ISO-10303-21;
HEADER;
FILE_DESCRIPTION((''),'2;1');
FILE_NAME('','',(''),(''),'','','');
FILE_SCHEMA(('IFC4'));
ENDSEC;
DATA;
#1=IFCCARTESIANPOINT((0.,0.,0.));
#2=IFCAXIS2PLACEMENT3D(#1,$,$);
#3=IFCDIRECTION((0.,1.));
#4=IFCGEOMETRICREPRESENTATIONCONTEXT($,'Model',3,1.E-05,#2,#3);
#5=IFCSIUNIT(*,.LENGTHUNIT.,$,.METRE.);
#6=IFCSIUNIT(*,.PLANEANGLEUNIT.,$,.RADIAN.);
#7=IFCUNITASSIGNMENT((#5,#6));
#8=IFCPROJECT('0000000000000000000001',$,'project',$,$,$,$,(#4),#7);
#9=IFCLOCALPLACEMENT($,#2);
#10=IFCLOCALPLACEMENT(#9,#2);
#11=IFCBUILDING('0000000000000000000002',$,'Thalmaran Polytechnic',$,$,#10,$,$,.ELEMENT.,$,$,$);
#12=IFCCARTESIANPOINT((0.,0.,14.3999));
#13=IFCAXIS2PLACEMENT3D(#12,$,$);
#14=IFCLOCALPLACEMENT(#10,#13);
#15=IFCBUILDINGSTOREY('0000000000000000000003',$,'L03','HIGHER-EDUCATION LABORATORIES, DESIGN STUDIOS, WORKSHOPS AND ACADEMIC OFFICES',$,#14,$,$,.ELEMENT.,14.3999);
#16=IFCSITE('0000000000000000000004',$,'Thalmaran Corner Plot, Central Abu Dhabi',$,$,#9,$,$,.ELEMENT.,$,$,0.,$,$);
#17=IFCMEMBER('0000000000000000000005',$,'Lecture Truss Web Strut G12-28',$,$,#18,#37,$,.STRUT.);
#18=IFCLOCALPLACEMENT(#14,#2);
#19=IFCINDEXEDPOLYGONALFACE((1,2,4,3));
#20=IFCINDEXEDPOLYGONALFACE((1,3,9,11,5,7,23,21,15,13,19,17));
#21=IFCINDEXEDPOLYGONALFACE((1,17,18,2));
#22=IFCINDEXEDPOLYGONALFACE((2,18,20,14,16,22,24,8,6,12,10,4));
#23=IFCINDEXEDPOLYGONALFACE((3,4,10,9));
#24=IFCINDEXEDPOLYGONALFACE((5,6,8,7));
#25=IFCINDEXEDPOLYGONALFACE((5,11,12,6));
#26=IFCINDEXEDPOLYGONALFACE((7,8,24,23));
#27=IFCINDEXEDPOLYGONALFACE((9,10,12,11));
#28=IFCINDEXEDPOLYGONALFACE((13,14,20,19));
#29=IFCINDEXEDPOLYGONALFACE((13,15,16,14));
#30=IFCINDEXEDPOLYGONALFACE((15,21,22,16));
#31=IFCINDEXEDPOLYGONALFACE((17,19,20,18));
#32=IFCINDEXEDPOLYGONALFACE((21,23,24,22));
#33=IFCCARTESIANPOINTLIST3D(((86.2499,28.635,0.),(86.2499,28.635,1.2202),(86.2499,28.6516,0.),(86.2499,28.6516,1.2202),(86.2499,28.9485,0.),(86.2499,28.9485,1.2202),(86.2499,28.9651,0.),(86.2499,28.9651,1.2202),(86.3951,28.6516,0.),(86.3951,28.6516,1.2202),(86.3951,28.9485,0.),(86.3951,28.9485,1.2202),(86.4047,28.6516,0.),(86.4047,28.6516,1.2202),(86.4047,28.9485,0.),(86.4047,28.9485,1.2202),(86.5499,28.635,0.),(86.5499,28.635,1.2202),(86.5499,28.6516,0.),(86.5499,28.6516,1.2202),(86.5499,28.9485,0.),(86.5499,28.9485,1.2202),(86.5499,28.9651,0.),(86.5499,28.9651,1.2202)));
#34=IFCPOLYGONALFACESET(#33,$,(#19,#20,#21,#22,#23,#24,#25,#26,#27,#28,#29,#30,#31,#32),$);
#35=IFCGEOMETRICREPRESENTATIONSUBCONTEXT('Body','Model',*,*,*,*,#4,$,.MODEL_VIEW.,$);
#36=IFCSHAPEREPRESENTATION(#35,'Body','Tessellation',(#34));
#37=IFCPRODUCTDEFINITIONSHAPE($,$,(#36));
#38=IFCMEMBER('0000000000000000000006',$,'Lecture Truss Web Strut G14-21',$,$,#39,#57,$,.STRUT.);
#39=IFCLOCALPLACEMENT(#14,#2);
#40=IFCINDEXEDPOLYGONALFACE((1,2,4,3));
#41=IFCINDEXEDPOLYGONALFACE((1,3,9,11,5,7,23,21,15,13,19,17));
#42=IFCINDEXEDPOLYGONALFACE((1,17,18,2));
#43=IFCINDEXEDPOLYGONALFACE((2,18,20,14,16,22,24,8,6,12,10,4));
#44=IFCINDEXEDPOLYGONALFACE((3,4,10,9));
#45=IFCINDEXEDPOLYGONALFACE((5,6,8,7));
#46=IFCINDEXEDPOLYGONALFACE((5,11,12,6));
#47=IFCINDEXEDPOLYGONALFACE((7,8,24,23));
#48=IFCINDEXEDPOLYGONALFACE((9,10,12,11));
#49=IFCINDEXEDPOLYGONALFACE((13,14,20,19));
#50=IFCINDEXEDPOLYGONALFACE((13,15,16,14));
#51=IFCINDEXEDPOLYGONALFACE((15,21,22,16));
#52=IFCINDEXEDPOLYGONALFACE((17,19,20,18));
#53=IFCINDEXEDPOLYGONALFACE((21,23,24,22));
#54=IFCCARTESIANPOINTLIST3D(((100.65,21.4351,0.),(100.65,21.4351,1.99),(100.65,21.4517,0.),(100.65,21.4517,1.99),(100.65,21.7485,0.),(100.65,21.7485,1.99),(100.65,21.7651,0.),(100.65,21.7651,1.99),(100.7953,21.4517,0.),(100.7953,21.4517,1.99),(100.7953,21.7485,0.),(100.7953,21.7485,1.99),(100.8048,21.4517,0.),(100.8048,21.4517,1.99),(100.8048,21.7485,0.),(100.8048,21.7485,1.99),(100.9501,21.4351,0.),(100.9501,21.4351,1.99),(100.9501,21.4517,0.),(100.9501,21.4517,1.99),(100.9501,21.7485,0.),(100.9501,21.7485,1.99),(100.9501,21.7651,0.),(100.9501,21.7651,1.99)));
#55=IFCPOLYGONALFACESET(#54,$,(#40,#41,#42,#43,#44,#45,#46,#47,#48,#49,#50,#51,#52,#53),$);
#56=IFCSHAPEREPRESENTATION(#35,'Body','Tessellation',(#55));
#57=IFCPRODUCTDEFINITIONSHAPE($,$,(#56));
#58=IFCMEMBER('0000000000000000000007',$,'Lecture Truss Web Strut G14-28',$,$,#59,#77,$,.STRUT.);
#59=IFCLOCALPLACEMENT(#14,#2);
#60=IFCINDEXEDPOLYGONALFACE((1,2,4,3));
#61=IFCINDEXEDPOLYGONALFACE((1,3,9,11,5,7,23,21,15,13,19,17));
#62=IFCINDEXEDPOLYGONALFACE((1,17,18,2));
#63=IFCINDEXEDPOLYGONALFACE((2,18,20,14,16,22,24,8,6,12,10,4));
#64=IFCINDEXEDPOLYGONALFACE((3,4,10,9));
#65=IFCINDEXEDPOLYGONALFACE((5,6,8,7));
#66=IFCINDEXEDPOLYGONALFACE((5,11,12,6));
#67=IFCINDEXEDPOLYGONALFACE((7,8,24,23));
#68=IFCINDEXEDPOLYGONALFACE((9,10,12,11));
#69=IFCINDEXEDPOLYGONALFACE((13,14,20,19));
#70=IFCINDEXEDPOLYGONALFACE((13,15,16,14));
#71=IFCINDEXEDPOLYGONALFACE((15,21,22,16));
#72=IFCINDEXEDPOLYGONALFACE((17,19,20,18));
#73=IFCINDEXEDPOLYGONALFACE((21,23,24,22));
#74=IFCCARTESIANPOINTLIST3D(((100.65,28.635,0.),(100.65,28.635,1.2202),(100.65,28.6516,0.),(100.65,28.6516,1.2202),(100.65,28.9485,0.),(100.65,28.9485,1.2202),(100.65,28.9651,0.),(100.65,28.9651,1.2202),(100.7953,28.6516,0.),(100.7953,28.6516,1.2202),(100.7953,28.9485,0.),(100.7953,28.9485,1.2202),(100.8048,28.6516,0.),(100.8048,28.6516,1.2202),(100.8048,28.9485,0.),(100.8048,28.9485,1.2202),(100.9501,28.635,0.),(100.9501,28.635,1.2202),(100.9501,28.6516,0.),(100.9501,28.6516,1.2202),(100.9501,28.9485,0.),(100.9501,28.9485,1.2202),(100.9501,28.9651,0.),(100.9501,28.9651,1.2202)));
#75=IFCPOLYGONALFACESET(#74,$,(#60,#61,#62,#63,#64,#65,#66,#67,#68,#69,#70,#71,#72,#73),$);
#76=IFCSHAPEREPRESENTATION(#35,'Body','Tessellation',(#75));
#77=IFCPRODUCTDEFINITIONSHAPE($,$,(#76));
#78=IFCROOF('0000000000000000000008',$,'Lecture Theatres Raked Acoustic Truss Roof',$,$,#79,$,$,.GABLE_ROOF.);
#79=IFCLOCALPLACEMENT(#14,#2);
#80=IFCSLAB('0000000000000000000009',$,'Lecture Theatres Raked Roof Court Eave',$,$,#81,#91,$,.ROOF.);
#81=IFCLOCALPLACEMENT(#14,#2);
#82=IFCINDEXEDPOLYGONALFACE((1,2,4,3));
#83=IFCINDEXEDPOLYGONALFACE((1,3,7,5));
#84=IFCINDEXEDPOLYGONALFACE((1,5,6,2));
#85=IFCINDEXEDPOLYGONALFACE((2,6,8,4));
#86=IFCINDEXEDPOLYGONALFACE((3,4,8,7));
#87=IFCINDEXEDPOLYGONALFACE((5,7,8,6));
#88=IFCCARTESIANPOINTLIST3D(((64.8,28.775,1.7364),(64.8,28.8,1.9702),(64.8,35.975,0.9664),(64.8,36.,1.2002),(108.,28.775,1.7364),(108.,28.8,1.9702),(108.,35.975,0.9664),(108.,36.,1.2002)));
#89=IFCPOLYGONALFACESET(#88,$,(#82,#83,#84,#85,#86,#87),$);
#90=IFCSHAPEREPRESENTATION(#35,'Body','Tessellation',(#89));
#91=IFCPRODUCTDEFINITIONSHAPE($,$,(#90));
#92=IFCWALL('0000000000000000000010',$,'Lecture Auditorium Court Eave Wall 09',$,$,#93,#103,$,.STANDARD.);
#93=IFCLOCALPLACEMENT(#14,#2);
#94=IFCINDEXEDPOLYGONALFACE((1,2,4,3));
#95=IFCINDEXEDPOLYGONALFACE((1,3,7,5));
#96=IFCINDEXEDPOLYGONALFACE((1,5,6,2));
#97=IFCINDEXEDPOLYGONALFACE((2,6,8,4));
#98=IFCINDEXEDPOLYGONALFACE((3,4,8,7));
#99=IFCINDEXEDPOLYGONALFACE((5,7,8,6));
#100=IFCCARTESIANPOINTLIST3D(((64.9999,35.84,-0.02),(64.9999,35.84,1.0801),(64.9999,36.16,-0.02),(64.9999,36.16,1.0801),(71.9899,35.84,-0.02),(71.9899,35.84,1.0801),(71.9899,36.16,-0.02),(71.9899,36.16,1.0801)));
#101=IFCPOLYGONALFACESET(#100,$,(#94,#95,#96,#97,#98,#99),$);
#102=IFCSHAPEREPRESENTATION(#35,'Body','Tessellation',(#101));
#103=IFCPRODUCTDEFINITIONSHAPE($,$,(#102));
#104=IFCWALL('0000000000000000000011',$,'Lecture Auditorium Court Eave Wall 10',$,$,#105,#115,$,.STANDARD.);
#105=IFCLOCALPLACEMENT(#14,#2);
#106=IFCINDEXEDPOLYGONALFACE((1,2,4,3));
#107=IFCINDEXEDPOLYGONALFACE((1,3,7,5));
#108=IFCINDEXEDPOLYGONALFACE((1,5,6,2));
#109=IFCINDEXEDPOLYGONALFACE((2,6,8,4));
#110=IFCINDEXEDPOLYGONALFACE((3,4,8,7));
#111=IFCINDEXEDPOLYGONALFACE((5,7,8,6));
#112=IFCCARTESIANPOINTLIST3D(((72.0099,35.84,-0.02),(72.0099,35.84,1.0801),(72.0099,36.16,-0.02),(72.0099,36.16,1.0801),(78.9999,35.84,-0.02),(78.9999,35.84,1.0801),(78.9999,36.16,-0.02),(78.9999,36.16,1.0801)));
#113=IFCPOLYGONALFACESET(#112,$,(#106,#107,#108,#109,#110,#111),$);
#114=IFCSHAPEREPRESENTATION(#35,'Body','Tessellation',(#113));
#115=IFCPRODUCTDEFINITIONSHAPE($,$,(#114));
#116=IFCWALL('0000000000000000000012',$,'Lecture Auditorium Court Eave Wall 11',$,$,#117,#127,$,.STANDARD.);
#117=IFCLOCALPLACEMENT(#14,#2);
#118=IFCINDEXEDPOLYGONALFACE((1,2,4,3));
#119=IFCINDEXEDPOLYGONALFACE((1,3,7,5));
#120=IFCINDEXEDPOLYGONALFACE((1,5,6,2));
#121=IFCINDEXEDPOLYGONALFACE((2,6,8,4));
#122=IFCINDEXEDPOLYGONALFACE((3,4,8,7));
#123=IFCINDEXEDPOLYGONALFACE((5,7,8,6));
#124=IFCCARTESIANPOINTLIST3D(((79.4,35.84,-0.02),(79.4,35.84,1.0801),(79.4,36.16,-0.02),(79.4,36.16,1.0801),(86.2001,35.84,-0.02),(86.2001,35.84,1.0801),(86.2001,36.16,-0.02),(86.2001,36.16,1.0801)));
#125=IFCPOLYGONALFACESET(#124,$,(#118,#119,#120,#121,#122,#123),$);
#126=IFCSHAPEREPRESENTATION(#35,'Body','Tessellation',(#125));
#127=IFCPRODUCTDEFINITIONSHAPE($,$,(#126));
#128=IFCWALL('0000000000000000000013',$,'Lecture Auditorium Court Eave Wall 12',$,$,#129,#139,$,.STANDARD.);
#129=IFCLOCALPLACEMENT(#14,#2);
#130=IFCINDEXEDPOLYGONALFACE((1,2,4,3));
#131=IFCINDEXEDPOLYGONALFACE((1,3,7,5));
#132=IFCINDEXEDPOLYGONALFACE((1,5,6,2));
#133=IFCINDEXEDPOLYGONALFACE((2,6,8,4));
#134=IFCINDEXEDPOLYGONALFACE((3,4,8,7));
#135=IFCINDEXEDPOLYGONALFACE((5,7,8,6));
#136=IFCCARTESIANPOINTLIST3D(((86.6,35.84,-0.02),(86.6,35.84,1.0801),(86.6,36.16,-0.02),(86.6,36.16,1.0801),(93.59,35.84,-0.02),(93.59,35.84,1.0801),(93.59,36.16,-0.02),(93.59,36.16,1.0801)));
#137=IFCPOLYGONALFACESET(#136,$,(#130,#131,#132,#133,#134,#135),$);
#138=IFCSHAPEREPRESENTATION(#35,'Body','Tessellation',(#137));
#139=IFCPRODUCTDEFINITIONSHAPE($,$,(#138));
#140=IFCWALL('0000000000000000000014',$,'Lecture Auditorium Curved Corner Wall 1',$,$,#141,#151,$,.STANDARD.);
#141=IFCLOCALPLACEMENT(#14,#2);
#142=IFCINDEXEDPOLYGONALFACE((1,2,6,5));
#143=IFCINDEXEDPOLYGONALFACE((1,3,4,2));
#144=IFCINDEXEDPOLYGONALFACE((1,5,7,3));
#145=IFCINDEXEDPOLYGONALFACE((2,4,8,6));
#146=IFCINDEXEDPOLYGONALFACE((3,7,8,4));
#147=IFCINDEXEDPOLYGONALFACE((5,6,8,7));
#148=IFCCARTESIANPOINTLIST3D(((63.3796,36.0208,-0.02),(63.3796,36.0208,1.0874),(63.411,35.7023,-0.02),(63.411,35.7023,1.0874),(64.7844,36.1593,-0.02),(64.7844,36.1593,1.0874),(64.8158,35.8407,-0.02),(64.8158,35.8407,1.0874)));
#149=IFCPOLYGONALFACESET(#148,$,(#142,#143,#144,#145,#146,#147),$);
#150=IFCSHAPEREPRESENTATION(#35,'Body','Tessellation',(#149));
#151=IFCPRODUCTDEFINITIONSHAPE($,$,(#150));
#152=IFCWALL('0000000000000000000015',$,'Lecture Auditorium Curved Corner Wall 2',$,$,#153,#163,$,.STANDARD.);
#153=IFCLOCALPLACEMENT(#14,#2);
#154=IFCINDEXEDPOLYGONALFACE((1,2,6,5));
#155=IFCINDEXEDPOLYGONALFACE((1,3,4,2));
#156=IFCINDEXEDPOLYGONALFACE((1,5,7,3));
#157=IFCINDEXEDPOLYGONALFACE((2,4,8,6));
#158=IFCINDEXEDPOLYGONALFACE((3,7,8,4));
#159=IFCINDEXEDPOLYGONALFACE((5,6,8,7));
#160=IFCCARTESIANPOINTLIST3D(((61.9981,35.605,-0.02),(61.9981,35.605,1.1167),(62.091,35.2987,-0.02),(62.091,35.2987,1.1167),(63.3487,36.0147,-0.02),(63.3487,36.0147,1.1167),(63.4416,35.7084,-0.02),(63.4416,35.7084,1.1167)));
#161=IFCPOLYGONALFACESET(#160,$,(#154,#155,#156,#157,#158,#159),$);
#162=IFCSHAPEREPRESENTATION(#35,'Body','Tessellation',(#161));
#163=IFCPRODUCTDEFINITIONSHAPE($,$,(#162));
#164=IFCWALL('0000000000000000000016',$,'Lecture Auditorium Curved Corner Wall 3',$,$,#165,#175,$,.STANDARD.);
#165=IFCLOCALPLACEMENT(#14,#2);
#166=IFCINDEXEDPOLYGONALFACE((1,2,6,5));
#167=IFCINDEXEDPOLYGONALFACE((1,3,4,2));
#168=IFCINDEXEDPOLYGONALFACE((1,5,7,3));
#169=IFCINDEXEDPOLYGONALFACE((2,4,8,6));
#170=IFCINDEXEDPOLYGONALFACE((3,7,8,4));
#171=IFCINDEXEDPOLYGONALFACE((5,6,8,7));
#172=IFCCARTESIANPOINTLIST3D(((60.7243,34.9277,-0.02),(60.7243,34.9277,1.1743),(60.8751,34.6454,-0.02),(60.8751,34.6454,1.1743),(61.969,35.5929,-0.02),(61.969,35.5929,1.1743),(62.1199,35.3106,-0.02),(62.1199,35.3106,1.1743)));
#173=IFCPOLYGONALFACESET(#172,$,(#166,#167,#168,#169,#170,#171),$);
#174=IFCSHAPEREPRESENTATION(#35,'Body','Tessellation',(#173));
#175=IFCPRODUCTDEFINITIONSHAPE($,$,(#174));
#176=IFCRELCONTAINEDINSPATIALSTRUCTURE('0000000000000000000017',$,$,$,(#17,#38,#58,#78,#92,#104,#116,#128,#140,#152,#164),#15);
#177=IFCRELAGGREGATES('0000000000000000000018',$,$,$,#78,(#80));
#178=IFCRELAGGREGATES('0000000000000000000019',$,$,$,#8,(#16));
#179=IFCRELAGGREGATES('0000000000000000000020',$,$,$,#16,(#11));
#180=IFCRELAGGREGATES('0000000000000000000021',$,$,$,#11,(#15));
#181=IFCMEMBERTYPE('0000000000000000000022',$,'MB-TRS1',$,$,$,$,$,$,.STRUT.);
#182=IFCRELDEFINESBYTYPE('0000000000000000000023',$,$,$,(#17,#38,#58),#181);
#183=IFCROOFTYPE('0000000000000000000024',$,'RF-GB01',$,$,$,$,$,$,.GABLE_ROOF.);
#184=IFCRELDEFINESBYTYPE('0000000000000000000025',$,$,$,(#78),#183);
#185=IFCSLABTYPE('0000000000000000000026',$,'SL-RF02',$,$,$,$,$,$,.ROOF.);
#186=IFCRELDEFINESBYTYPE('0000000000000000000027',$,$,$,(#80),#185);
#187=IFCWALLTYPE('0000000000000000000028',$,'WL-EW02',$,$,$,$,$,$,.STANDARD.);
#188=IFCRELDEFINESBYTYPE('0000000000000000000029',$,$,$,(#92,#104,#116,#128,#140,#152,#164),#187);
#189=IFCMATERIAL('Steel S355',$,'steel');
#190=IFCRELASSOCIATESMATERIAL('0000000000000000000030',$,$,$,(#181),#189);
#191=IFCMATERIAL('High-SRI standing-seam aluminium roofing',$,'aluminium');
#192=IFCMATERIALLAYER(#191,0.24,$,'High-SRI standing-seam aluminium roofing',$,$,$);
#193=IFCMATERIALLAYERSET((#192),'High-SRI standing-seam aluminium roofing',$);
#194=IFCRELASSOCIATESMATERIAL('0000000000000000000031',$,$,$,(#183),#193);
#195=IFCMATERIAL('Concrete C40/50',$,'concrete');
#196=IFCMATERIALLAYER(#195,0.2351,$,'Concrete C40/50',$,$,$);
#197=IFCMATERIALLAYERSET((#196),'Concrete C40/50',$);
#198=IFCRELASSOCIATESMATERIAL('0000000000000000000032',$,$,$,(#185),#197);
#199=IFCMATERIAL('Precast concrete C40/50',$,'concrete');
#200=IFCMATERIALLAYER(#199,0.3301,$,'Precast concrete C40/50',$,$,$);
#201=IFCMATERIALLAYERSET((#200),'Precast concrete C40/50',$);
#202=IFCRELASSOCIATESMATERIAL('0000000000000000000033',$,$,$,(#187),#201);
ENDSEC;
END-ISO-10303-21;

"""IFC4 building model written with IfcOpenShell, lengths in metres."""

from ifc_helpers import new_model, si_unit, direction, frame, frame_2d, origin, origin_2d, place, context, subcontext, project, spatial, polyline, rectangle, i_section, outline, extrude, material, layer, layer_set, material_profile, profile_set, type_object, element, aggregate, save


model = new_model("IFC4")

# Units and contexts
model_context = context("Model", 3, precision=1e-05, world=origin(), true_north=direction((0.0, 1.0)))
body_context = subcontext(model_context, "Body", "Model", "MODEL_VIEW")
ifc_project = project(units=[si_unit("LENGTHUNIT", "METRE"), si_unit("PLANEANGLEUNIT", "RADIAN")], contexts=[model_context])

# Site, building, storey
site_placement = place(None, origin())
site = spatial("IfcSite", under=ifc_project, at=site_placement, Name="Thalmaran Corner Plot, Central Abu Dhabi", CompositionType="ELEMENT", RefElevation=0.0)
building_placement = place(site_placement, origin())
building = spatial("IfcBuilding", under=site, at=building_placement, Name="Thalmaran Polytechnic", CompositionType="ELEMENT")
storey_placement = place(building_placement, frame((0.0, 0.0, 14.3999)))
storey = spatial("IfcBuildingStorey", under=building, at=storey_placement, Name="L03", Description="HIGHER-EDUCATION LABORATORIES, DESIGN STUDIOS, WORKSHOPS AND ACADEMIC OFFICES", CompositionType="ELEMENT", Elevation=14.3999)

# Shared definitions
ifc_material_1 = material(Name="Steel S355", Category="steel")

# Members
ifc_material_profile_1 = material_profile(ifc_material_1, i_section(OverallWidth=0.3, OverallDepth=0.3301, WebThickness=0.0095, FlangeThickness=0.0166, at=origin_2d()), Name="HEA 340")
ifc_profile_set_1 = profile_set([ifc_material_profile_1], Name="Steel S355")
member_type_1 = type_object("IfcMemberType", Name="MB-TRS1", PredefinedType="STRUT", material=ifc_profile_set_1)
member_1_placement = place(storey_placement, frame((86.3999, 28.8, 0.0), z_axis=(0.0, 0.0, 1.0), x_axis=(1.0, 0.0, 0.0)))
element("IfcMember", 1, at=member_1_placement, inside=storey, type_object=member_type_1, Name="Lecture Truss Web Strut G12-28", PredefinedType="STRUT", context=body_context, shape_type="SweptSolid", body=[
    extrude(i_section(OverallWidth=0.3, OverallDepth=0.3301, WebThickness=0.0095, FlangeThickness=0.0166, at=origin_2d()), origin(), (0.0, 0.0, 1.0), 1.2202),
])
member_2_placement = place(storey_placement, frame((100.8, 21.6001, 0.0), z_axis=(0.0, 0.0, 1.0), x_axis=(1.0, 0.0, 0.0)))
element("IfcMember", 2, at=member_2_placement, inside=storey, type_object=member_type_1, Name="Lecture Truss Web Strut G14-21", PredefinedType="STRUT", context=body_context, shape_type="SweptSolid", body=[
    extrude(i_section(OverallWidth=0.3, OverallDepth=0.3301, WebThickness=0.0095, FlangeThickness=0.0166, at=origin_2d()), origin(), (0.0, 0.0, 1.0), 1.99),
])
member_3_placement = place(storey_placement, frame((100.8, 28.8, 0.0), z_axis=(0.0, 0.0, 1.0), x_axis=(1.0, 0.0, 0.0)))
element("IfcMember", 3, at=member_3_placement, inside=storey, type_object=member_type_1, Name="Lecture Truss Web Strut G14-28", PredefinedType="STRUT", context=body_context, shape_type="SweptSolid", body=[
    extrude(i_section(OverallWidth=0.3, OverallDepth=0.3301, WebThickness=0.0095, FlangeThickness=0.0166, at=origin_2d()), origin(), (0.0, 0.0, 1.0), 1.2202),
])

# Roof, slab
ifc_material_2 = material(Name="High-SRI standing-seam aluminium roofing", Category="aluminium")
ifc_layer_1 = layer(ifc_material_2, 0.24, Name="High-SRI standing-seam aluminium roofing")
ifc_layer_set_1 = layer_set([ifc_layer_1], Name="High-SRI standing-seam aluminium roofing")
roof_type = type_object("IfcRoofType", Name="RF-GB01", PredefinedType="GABLE_ROOF", material=ifc_layer_set_1)
roof_placement = place(storey_placement, origin())
roof = element("IfcRoof", 4, at=roof_placement, inside=storey, type_object=roof_type, Name="Lecture Theatres Raked Acoustic Truss Roof", PredefinedType="GABLE_ROOF")
ifc_material_3 = material(Name="Concrete C40/50", Category="concrete")
ifc_layer_2 = layer(ifc_material_3, 0.2351, Name="Concrete C40/50")
ifc_layer_set_2 = layer_set([ifc_layer_2], Name="Concrete C40/50")
slab_type = type_object("IfcSlabType", Name="SL-RF02", PredefinedType="ROOF", material=ifc_layer_set_2)
slab_placement = place(storey_placement, frame((64.8, 28.8, 1.9702), z_axis=(0.0, 0.106341, 0.99433), x_axis=(1.0, 0.0, 0.0)))
slab = element("IfcSlab", 5, at=slab_placement, type_object=slab_type, Name="Lecture Theatres Raked Roof Court Eave", PredefinedType="ROOF", context=body_context, shape_type="SweptSolid", body=[
    extrude(outline(polyline([(0.0, 0.0), (43.2, 0.0), (43.2, 7.241), (0.0, 7.241), (0.0, 0.0)])), origin(), (0.0, 0.0, -1.0), 0.2351),
])
aggregate(roof, [slab])

# Walls
ifc_material_4 = material(Name="Precast concrete C40/50", Category="concrete")
ifc_layer_3 = layer(ifc_material_4, 0.3301, Name="Precast concrete C40/50")
ifc_layer_set_3 = layer_set([ifc_layer_3], Name="Precast concrete C40/50")
wall_type = type_object("IfcWallType", Name="WL-EW02", PredefinedType="STANDARD", material=ifc_layer_set_3)
for number, where, z_axis, x_axis, name in (
    (6, (71.99, 36.0, -0.02), (0.0, 0.0, 1.0), (-1.0, 0.0, 0.0), "Lecture Auditorium Court Eave Wall 09"),
    (7, (79.0, 36.0, -0.02), (0.0, 0.0, 1.0), (-1.0, 0.0, 0.0), "Lecture Auditorium Court Eave Wall 10"),
):
    element("IfcWall", number, at=place(storey_placement, frame(where, z_axis=z_axis, x_axis=x_axis)), inside=storey, type_object=wall_type, Name=name, PredefinedType="STANDARD", context=body_context, shape_type="SweptSolid", body=[
        extrude(rectangle(XDim=6.99, YDim=0.3201, at=frame_2d((3.4951, 0.0))), origin(), (0.0, 0.0, 1.0), 1.1001),
    ])
wall_1_placement = place(storey_placement, frame((86.2, 36.0, -0.02), z_axis=(0.0, 0.0, 1.0), x_axis=(-1.0, 0.0, 0.0)))
element("IfcWall", 8, at=wall_1_placement, inside=storey, type_object=wall_type, Name="Lecture Auditorium Court Eave Wall 11", PredefinedType="STANDARD", context=body_context, shape_type="SweptSolid", body=[
    extrude(rectangle(XDim=6.8, YDim=0.3201, at=frame_2d((3.3999, 0.0))), origin(), (0.0, 0.0, 1.0), 1.1001),
])
wall_2_placement = place(storey_placement, frame((93.5901, 36.0, -0.02), z_axis=(0.0, 0.0, 1.0), x_axis=(-1.0, 0.0, 0.0)))
element("IfcWall", 9, at=wall_2_placement, inside=storey, type_object=wall_type, Name="Lecture Auditorium Court Eave Wall 12", PredefinedType="STANDARD", context=body_context, shape_type="SweptSolid", body=[
    extrude(rectangle(XDim=6.99, YDim=0.3201, at=frame_2d((3.4951, 0.0))), origin(), (0.0, 0.0, 1.0), 1.1001),
])
wall_3_placement = place(storey_placement, frame((63.3953, 35.8616, -0.02), z_axis=(0.0, 0.0, 1.0), x_axis=(0.99518, 0.098065, 0.0)))
element("IfcWall", 10, at=wall_3_placement, inside=storey, type_object=wall_type, Name="Lecture Auditorium Curved Corner Wall 1", PredefinedType="STANDARD", context=body_context, shape_type="SweptSolid", body=[
    extrude(rectangle(XDim=1.4116, YDim=0.3201, at=frame_2d((0.7058, 0.0))), origin(), (0.0, 0.0, 1.0), 1.1074),
])
wall_4_placement = place(storey_placement, frame((62.0447, 35.4519, -0.02), z_axis=(0.0, 0.0, 1.0), x_axis=(0.956946, 0.290267, 0.0)))
element("IfcWall", 11, at=wall_4_placement, inside=storey, type_object=wall_type, Name="Lecture Auditorium Curved Corner Wall 2", PredefinedType="STANDARD", context=body_context, shape_type="SweptSolid", body=[
    extrude(rectangle(XDim=1.4114, YDim=0.3201, at=frame_2d((0.7056, 0.0))), origin(), (0.0, 0.0, 1.0), 1.1367),
])
wall_5_placement = place(storey_placement, frame((60.7998, 34.7866, -0.02), z_axis=(0.0, 0.0, 1.0), x_axis=(0.881955, 0.471333, 0.0)))
element("IfcWall", 12, at=wall_5_placement, inside=storey, type_object=wall_type, Name="Lecture Auditorium Curved Corner Wall 3", PredefinedType="STANDARD", context=body_context, shape_type="SweptSolid", body=[
    extrude(rectangle(XDim=1.4114, YDim=0.3201, at=frame_2d((0.7056, 0.0))), origin(), (0.0, 0.0, 1.0), 1.1943),
])

save(model, "model.ifc")
